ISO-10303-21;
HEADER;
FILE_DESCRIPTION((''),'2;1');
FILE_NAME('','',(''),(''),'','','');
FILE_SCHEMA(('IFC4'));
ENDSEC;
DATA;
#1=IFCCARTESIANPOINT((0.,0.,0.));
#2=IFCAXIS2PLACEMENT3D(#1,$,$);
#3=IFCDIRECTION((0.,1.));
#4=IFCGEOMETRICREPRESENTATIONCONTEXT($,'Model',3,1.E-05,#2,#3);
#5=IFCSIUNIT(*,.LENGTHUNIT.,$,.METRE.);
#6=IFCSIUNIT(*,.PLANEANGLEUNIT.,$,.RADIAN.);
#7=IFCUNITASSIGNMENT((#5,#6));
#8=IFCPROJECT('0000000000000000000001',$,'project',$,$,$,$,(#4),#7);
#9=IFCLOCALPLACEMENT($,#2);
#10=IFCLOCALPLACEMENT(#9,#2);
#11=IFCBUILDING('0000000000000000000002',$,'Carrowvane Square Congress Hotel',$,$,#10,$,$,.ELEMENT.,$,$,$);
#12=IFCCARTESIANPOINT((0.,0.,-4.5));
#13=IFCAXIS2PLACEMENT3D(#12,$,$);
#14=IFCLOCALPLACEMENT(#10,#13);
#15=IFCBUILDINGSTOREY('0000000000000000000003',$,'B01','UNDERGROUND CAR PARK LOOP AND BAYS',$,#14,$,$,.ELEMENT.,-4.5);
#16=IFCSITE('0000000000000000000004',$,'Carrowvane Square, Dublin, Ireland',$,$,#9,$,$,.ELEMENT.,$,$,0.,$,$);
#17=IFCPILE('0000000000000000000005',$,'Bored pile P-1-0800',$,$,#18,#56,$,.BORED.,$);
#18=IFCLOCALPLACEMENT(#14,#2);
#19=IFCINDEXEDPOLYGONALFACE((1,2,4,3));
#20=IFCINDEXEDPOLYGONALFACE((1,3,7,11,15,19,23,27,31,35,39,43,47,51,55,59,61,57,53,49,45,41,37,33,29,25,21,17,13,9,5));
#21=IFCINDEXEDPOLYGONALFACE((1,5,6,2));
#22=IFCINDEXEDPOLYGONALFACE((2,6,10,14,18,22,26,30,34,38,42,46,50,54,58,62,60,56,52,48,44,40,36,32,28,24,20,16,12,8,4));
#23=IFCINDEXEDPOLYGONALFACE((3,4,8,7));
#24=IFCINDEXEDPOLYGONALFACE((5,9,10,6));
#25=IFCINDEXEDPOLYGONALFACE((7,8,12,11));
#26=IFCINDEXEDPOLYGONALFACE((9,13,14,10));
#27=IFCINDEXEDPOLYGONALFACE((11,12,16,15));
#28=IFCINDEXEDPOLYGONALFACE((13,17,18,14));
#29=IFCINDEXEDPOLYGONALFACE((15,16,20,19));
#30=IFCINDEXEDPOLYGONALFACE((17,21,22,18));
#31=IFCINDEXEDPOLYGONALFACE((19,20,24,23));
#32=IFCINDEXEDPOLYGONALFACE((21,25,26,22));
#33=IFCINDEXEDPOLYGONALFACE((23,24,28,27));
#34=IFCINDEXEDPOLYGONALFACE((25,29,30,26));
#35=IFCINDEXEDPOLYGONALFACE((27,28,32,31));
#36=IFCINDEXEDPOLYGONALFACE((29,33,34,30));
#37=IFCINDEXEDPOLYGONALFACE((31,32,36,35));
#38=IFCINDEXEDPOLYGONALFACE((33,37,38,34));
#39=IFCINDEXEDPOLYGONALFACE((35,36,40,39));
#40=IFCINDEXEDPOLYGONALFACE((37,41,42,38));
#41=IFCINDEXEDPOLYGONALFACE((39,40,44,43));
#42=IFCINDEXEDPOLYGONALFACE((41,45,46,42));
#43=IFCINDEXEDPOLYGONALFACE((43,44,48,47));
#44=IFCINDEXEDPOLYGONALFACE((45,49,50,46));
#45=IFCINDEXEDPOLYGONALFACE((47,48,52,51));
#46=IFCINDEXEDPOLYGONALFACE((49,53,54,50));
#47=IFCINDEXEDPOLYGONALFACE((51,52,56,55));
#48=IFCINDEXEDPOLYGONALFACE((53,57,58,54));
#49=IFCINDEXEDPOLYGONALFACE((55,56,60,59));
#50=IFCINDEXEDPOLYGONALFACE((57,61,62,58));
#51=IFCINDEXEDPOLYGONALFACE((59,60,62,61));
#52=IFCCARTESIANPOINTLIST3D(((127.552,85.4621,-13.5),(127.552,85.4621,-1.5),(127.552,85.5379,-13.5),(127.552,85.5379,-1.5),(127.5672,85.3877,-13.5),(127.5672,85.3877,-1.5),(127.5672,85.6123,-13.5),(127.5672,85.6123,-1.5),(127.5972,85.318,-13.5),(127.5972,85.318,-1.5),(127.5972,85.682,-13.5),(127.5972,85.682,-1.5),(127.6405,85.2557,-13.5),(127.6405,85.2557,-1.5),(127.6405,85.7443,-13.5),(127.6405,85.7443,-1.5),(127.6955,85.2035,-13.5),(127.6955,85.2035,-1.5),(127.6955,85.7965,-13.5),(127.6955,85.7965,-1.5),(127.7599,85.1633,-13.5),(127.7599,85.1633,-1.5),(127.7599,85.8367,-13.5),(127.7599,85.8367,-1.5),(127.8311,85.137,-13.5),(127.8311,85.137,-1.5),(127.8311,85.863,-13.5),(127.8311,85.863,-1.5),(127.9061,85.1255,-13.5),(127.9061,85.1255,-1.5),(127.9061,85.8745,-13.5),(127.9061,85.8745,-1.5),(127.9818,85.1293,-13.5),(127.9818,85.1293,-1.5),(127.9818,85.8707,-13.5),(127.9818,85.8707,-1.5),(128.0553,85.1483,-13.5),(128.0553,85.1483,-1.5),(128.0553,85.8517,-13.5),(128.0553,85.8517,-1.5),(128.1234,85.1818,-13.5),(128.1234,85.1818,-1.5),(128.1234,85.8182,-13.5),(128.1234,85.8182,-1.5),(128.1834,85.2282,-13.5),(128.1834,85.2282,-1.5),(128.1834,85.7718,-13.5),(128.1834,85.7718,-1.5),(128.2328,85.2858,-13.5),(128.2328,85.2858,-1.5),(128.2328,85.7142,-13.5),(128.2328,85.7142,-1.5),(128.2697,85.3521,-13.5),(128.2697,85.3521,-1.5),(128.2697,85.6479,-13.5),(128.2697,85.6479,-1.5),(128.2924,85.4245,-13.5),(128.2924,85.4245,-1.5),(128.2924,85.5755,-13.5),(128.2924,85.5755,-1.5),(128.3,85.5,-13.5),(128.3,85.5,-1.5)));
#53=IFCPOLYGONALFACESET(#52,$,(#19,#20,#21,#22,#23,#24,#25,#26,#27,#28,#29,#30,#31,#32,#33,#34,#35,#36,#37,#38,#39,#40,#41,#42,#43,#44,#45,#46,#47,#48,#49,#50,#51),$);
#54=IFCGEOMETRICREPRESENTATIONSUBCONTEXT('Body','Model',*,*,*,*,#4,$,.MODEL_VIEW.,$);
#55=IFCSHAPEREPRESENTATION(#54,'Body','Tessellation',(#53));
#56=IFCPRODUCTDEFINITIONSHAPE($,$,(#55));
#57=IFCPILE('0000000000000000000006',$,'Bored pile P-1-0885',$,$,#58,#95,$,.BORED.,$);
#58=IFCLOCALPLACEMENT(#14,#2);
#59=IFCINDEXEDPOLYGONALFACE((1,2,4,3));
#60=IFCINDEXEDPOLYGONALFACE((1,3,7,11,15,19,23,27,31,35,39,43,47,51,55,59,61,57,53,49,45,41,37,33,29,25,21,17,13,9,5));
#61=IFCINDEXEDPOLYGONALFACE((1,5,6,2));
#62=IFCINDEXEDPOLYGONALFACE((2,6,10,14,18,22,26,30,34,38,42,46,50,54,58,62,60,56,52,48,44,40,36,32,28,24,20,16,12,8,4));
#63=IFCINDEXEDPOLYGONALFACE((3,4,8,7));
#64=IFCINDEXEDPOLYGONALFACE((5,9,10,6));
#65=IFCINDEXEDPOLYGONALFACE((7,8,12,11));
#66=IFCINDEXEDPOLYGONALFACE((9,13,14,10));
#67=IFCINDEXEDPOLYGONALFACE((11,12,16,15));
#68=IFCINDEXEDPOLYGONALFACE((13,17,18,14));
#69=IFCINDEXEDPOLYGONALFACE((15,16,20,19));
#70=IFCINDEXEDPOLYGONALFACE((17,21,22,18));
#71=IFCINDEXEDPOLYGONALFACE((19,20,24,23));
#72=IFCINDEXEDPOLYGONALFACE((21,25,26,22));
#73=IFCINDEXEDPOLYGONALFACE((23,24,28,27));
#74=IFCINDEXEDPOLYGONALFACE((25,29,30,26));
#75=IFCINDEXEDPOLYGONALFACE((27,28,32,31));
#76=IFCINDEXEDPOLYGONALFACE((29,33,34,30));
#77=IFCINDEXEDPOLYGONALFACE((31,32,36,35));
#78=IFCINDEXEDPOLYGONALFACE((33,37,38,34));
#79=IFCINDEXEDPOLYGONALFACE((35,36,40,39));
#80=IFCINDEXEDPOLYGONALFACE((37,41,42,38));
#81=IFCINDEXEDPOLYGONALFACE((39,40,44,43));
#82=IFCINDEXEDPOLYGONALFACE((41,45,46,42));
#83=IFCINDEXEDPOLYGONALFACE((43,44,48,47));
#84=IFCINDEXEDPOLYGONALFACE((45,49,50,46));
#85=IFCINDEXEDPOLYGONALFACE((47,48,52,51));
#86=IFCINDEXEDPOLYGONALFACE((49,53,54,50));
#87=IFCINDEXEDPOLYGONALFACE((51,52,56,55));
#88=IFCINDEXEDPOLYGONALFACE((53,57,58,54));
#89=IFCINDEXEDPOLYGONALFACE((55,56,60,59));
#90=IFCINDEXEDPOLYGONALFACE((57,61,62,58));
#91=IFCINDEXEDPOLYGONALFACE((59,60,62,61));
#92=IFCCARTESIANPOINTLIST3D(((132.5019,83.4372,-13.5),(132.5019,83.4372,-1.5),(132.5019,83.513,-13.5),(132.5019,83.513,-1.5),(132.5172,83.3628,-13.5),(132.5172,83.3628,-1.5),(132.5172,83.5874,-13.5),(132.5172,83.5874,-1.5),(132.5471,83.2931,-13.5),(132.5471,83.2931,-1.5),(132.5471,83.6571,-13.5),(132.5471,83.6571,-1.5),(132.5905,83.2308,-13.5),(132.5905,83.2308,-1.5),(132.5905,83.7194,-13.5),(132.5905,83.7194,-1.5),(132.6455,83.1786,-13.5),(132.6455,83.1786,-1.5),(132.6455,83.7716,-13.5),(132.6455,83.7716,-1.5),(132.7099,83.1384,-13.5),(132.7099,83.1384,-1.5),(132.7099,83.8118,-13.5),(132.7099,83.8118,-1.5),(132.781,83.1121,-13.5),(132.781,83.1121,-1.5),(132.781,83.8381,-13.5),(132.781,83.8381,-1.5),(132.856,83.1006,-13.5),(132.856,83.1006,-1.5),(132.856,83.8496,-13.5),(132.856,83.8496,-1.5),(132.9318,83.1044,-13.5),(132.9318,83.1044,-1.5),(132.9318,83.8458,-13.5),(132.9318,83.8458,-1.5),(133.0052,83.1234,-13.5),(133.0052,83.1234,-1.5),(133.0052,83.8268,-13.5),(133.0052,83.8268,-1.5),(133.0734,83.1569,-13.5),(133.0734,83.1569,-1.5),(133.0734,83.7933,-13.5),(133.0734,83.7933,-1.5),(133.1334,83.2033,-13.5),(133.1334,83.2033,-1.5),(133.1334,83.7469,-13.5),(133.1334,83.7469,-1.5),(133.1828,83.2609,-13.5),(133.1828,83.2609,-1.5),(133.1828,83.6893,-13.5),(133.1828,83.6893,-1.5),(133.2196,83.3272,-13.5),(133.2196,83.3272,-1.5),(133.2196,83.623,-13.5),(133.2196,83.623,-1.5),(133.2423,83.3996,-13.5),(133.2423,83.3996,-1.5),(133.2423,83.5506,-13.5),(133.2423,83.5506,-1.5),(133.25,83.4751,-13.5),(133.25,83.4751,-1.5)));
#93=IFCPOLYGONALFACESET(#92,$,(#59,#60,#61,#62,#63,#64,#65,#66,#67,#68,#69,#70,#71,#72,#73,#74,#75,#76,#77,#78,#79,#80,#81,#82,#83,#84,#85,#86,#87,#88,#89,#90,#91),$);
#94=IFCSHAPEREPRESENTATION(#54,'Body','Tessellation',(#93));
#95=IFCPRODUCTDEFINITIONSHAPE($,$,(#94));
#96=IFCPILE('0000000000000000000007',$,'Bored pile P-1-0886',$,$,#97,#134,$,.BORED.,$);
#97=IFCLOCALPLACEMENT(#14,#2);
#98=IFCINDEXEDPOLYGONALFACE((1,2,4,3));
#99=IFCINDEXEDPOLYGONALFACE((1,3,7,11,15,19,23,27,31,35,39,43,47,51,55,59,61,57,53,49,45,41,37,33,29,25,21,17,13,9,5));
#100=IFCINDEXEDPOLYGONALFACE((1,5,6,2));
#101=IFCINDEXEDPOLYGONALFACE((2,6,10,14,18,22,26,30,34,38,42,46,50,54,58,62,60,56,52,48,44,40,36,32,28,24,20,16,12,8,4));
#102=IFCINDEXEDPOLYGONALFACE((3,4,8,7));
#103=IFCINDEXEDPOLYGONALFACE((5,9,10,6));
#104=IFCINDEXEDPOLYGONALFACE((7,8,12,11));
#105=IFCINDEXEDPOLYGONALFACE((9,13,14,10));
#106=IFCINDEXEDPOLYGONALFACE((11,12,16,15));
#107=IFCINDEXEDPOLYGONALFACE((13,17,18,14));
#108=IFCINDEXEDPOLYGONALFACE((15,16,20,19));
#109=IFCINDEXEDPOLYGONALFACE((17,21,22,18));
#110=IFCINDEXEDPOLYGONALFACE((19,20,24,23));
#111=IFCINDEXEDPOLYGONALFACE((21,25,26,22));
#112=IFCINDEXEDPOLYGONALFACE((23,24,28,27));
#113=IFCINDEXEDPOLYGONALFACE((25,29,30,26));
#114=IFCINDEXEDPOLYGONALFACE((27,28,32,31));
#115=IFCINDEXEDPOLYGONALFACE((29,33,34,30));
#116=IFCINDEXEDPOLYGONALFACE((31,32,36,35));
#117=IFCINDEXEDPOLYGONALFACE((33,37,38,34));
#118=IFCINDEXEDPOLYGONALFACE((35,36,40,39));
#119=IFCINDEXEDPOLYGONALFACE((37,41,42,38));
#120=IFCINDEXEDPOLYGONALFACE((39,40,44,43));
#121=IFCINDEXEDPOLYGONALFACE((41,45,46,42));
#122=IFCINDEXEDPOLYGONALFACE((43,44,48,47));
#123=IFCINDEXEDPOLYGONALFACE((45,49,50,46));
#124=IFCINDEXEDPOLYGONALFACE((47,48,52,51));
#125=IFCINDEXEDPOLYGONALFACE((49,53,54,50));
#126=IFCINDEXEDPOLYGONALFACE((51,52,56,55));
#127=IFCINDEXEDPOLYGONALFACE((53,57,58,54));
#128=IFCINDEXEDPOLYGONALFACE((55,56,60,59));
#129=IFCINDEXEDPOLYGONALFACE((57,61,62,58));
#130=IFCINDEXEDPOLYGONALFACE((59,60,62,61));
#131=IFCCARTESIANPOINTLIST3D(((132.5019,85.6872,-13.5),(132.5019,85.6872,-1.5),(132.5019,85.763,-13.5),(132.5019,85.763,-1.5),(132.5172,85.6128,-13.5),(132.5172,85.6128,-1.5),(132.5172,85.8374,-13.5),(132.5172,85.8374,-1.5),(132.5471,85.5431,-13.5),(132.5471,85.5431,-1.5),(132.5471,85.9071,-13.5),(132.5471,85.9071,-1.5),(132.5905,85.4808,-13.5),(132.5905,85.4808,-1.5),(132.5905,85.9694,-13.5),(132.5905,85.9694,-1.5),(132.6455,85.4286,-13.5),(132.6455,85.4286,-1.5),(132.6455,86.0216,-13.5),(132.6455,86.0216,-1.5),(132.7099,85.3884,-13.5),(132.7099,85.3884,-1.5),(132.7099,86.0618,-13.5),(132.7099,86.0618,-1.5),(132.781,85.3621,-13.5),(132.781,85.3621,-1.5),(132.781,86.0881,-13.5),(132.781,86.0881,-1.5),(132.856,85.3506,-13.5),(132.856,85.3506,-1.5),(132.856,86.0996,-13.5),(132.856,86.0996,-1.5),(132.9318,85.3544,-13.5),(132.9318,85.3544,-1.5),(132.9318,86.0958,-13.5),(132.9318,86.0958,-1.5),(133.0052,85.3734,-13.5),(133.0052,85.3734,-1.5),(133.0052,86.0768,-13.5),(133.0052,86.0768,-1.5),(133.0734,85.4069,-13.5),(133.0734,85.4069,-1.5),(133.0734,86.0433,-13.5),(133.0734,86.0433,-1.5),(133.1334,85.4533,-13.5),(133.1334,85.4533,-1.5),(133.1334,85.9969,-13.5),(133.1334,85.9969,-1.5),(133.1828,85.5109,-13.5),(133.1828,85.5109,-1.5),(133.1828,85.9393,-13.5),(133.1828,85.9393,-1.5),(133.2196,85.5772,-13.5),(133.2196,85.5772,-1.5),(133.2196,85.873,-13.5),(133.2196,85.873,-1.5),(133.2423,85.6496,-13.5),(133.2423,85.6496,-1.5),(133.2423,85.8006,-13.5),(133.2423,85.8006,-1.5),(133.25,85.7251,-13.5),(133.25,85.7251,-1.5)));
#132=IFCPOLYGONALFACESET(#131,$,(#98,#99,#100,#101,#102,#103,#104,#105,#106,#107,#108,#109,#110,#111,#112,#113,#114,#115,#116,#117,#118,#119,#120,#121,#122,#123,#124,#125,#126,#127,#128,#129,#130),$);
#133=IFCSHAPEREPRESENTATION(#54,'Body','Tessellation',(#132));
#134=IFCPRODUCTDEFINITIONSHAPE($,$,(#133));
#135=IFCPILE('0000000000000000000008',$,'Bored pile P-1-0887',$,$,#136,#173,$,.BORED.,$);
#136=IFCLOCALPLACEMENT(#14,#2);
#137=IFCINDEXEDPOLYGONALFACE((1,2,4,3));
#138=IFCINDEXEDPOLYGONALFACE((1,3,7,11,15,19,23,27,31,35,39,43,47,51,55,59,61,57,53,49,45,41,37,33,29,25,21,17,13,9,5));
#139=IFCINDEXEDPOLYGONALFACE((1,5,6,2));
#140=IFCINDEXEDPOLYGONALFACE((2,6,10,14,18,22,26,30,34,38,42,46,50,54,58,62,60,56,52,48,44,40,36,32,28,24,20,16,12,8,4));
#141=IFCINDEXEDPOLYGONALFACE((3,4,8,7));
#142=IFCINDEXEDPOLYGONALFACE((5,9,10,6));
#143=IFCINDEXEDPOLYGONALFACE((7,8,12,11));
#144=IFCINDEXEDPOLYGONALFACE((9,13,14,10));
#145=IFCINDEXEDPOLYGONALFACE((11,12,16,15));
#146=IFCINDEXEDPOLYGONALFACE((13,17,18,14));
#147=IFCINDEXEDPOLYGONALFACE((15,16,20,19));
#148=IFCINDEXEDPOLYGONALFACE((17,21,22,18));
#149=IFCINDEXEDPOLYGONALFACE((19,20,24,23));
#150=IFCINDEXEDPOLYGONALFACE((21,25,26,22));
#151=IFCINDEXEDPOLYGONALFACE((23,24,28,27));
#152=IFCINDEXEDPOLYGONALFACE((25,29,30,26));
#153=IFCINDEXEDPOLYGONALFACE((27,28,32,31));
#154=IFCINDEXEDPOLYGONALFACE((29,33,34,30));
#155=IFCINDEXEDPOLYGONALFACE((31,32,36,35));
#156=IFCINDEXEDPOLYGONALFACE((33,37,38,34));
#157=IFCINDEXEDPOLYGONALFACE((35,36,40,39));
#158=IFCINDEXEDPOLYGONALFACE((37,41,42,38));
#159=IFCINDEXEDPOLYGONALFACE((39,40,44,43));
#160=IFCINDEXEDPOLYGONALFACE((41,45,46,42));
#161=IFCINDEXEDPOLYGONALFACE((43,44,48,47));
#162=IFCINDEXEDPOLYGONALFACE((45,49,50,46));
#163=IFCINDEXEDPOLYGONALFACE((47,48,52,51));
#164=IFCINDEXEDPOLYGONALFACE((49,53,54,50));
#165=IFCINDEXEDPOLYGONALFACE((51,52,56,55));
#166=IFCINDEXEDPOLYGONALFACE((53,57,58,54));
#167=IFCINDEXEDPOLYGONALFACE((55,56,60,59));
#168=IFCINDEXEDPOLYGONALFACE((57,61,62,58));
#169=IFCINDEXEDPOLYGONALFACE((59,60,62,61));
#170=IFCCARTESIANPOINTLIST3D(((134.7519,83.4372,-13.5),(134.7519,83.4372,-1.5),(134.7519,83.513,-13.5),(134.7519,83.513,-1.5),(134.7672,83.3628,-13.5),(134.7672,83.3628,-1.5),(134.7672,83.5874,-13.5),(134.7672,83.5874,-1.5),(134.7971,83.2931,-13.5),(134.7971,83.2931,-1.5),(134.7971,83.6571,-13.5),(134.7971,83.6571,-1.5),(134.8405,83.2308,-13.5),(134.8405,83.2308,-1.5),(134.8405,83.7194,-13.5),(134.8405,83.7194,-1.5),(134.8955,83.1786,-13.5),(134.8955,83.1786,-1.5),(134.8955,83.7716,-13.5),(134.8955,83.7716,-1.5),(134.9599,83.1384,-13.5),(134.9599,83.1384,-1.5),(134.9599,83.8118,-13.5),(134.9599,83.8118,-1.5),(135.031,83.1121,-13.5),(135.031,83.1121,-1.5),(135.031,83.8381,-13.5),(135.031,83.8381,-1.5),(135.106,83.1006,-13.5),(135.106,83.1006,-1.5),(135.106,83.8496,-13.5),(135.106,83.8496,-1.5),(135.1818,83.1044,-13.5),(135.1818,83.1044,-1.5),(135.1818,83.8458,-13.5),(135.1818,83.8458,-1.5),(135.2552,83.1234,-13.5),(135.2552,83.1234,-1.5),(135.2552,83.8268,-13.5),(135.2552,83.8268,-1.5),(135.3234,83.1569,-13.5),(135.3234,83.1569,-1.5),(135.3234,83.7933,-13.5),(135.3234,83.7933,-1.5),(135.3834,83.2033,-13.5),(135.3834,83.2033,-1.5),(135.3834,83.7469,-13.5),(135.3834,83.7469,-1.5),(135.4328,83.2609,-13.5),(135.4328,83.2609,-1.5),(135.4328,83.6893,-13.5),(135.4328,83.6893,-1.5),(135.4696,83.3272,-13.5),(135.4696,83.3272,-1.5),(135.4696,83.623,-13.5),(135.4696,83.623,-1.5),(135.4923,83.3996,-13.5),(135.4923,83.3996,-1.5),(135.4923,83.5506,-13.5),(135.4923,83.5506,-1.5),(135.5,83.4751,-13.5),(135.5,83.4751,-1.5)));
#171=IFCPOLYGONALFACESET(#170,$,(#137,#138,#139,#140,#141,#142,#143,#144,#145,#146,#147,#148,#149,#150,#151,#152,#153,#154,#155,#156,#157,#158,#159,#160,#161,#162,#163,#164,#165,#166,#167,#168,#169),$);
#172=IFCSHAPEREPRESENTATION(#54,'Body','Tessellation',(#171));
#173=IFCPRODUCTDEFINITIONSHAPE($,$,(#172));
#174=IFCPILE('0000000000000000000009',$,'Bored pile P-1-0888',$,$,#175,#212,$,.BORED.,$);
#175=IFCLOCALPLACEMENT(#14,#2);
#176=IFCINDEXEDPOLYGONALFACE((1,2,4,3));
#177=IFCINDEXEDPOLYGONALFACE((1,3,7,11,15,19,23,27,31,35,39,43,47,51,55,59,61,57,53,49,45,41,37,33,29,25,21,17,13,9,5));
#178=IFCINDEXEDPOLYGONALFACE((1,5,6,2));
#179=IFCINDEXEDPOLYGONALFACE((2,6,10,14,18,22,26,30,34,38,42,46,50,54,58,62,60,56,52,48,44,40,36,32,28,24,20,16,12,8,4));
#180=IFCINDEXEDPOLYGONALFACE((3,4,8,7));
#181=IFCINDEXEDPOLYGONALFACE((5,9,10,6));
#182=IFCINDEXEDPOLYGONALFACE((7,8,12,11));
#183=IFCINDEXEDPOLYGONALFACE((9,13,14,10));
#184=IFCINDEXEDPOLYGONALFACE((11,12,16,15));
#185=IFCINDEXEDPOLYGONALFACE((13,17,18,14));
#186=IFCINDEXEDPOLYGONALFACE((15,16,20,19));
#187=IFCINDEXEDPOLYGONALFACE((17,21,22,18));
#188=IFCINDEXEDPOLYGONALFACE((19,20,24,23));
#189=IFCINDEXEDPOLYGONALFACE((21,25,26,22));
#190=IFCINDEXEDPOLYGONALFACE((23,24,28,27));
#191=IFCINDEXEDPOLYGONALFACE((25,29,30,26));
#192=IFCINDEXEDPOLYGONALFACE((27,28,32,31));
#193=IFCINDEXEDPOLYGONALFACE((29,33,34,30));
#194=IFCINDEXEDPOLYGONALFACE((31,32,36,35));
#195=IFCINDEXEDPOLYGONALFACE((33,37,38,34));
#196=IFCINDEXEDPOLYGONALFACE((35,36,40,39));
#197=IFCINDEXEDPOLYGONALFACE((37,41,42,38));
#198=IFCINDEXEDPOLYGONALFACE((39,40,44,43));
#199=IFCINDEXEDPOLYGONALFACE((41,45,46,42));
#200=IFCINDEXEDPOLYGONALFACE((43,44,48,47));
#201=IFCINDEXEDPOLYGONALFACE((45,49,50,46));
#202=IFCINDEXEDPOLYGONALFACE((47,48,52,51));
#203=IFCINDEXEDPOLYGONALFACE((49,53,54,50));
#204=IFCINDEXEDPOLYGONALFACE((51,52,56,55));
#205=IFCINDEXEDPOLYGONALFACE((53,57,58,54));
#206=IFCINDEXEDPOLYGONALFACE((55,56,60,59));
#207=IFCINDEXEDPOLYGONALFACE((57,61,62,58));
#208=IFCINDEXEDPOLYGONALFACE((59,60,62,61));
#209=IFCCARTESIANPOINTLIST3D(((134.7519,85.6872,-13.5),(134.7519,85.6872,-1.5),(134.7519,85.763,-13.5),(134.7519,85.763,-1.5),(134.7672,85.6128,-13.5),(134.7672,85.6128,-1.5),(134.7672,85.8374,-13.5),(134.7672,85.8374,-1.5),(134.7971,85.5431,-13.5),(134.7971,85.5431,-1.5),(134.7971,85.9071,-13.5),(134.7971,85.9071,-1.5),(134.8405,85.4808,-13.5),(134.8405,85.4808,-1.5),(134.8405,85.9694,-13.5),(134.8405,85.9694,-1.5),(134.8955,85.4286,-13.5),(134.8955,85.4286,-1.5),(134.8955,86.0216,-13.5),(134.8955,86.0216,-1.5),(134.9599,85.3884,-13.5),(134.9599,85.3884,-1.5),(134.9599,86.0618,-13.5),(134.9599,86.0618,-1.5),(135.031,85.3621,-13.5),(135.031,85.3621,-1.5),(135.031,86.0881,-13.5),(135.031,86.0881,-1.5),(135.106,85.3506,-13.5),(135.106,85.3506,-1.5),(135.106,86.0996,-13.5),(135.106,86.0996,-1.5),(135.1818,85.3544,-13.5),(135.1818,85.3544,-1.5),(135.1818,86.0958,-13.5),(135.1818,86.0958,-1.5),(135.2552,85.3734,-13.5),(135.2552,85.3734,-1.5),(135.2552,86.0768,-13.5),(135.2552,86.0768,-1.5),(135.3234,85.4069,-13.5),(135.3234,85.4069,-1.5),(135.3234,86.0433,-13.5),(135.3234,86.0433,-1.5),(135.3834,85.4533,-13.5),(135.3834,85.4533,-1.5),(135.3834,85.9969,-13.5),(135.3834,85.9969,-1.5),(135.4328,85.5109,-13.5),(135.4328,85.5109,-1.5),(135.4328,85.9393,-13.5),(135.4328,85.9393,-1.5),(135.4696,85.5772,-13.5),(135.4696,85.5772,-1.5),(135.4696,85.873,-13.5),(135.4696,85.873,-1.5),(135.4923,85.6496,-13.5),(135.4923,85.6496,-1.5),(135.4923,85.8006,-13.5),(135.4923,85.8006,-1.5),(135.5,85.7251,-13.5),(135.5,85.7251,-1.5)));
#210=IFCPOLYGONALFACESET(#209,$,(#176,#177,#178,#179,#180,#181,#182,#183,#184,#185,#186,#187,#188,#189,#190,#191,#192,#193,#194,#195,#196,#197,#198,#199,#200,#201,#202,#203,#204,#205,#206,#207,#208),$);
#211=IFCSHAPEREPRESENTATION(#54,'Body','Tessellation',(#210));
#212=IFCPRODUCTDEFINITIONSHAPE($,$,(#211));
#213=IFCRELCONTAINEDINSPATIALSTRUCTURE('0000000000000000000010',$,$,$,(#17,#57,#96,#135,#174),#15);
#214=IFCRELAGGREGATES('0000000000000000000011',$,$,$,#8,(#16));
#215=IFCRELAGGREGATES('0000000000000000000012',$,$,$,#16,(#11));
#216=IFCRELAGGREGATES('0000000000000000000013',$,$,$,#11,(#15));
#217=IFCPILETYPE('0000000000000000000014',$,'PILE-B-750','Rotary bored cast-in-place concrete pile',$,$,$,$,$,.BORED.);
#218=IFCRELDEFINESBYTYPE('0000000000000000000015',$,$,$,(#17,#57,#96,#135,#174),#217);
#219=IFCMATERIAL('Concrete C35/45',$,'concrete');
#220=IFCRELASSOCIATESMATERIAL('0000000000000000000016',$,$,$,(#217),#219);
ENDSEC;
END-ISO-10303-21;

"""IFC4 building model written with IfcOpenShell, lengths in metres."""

from ifc_helpers import new_model, si_unit, direction, frame, origin, origin_2d, place, context, subcontext, project, spatial, circle, extrude, material, material_profile, profile_set, type_object, element, save


model = new_model("IFC4")

# Units and contexts
model_context = context("Model", 3, precision=1e-05, world=origin(), true_north=direction((0.0, 1.0)))
body_context = subcontext(model_context, "Body", "Model", "MODEL_VIEW")
ifc_project = project(units=[si_unit("LENGTHUNIT", "METRE"), si_unit("PLANEANGLEUNIT", "RADIAN")], contexts=[model_context])

# Site, building, storey
site_placement = place(None, origin())
site = spatial("IfcSite", under=ifc_project, at=site_placement, Name="Carrowvane Square, Dublin, Ireland", CompositionType="ELEMENT", RefElevation=0.0)
building_placement = place(site_placement, origin())
building = spatial("IfcBuilding", under=site, at=building_placement, Name="Carrowvane Square Congress Hotel", CompositionType="ELEMENT")
storey_placement = place(building_placement, frame((0.0, 0.0, -4.5)))
storey = spatial("IfcBuildingStorey", under=building, at=storey_placement, Name="B01", Description="UNDERGROUND CAR PARK LOOP AND BAYS", CompositionType="ELEMENT", Elevation=-4.5)

# Piles
ifc_material_1 = material(Name="Concrete C35/45", Category="concrete")
ifc_material_profile_1 = material_profile(ifc_material_1, circle(Radius=0.375, at=origin_2d()), Name="PILE D750")
ifc_profile_set_1 = profile_set([ifc_material_profile_1], Name="Concrete C35/45")
pile_type_1 = type_object("IfcPileType", Name="PILE-B-750", Description="Rotary bored cast-in-place concrete pile", PredefinedType="BORED", material=ifc_profile_set_1)
for number, where, z_axis, x_axis, name in (
    (1, (127.925, 85.5, -1.5), (0.0, 0.0, -1.0), (1.0, 0.0, 0.0), "Bored pile P-1-0800"),
    (2, (132.875, 83.4751, -1.5), (0.0, 0.0, -1.0), (1.0, 0.0, 0.0), "Bored pile P-1-0885"),
    (3, (132.875, 85.7251, -1.5), (0.0, 0.0, -1.0), (1.0, 0.0, 0.0), "Bored pile P-1-0886"),
    (4, (135.125, 83.4751, -1.5), (0.0, 0.0, -1.0), (1.0, 0.0, 0.0), "Bored pile P-1-0887"),
    (5, (135.125, 85.7251, -1.5), (0.0, 0.0, -1.0), (1.0, 0.0, 0.0), "Bored pile P-1-0888"),
):
    element("IfcPile", number, at=place(storey_placement, frame(where, z_axis=z_axis, x_axis=x_axis)), inside=storey, type_object=pile_type_1, Name=name, PredefinedType="BORED", context=body_context, shape_type="SweptSolid", body=[
        extrude(circle(Radius=0.375, at=origin_2d()), origin(), (0.0, 0.0, 1.0), 12.0),
    ])

save(model, "model.ifc")
